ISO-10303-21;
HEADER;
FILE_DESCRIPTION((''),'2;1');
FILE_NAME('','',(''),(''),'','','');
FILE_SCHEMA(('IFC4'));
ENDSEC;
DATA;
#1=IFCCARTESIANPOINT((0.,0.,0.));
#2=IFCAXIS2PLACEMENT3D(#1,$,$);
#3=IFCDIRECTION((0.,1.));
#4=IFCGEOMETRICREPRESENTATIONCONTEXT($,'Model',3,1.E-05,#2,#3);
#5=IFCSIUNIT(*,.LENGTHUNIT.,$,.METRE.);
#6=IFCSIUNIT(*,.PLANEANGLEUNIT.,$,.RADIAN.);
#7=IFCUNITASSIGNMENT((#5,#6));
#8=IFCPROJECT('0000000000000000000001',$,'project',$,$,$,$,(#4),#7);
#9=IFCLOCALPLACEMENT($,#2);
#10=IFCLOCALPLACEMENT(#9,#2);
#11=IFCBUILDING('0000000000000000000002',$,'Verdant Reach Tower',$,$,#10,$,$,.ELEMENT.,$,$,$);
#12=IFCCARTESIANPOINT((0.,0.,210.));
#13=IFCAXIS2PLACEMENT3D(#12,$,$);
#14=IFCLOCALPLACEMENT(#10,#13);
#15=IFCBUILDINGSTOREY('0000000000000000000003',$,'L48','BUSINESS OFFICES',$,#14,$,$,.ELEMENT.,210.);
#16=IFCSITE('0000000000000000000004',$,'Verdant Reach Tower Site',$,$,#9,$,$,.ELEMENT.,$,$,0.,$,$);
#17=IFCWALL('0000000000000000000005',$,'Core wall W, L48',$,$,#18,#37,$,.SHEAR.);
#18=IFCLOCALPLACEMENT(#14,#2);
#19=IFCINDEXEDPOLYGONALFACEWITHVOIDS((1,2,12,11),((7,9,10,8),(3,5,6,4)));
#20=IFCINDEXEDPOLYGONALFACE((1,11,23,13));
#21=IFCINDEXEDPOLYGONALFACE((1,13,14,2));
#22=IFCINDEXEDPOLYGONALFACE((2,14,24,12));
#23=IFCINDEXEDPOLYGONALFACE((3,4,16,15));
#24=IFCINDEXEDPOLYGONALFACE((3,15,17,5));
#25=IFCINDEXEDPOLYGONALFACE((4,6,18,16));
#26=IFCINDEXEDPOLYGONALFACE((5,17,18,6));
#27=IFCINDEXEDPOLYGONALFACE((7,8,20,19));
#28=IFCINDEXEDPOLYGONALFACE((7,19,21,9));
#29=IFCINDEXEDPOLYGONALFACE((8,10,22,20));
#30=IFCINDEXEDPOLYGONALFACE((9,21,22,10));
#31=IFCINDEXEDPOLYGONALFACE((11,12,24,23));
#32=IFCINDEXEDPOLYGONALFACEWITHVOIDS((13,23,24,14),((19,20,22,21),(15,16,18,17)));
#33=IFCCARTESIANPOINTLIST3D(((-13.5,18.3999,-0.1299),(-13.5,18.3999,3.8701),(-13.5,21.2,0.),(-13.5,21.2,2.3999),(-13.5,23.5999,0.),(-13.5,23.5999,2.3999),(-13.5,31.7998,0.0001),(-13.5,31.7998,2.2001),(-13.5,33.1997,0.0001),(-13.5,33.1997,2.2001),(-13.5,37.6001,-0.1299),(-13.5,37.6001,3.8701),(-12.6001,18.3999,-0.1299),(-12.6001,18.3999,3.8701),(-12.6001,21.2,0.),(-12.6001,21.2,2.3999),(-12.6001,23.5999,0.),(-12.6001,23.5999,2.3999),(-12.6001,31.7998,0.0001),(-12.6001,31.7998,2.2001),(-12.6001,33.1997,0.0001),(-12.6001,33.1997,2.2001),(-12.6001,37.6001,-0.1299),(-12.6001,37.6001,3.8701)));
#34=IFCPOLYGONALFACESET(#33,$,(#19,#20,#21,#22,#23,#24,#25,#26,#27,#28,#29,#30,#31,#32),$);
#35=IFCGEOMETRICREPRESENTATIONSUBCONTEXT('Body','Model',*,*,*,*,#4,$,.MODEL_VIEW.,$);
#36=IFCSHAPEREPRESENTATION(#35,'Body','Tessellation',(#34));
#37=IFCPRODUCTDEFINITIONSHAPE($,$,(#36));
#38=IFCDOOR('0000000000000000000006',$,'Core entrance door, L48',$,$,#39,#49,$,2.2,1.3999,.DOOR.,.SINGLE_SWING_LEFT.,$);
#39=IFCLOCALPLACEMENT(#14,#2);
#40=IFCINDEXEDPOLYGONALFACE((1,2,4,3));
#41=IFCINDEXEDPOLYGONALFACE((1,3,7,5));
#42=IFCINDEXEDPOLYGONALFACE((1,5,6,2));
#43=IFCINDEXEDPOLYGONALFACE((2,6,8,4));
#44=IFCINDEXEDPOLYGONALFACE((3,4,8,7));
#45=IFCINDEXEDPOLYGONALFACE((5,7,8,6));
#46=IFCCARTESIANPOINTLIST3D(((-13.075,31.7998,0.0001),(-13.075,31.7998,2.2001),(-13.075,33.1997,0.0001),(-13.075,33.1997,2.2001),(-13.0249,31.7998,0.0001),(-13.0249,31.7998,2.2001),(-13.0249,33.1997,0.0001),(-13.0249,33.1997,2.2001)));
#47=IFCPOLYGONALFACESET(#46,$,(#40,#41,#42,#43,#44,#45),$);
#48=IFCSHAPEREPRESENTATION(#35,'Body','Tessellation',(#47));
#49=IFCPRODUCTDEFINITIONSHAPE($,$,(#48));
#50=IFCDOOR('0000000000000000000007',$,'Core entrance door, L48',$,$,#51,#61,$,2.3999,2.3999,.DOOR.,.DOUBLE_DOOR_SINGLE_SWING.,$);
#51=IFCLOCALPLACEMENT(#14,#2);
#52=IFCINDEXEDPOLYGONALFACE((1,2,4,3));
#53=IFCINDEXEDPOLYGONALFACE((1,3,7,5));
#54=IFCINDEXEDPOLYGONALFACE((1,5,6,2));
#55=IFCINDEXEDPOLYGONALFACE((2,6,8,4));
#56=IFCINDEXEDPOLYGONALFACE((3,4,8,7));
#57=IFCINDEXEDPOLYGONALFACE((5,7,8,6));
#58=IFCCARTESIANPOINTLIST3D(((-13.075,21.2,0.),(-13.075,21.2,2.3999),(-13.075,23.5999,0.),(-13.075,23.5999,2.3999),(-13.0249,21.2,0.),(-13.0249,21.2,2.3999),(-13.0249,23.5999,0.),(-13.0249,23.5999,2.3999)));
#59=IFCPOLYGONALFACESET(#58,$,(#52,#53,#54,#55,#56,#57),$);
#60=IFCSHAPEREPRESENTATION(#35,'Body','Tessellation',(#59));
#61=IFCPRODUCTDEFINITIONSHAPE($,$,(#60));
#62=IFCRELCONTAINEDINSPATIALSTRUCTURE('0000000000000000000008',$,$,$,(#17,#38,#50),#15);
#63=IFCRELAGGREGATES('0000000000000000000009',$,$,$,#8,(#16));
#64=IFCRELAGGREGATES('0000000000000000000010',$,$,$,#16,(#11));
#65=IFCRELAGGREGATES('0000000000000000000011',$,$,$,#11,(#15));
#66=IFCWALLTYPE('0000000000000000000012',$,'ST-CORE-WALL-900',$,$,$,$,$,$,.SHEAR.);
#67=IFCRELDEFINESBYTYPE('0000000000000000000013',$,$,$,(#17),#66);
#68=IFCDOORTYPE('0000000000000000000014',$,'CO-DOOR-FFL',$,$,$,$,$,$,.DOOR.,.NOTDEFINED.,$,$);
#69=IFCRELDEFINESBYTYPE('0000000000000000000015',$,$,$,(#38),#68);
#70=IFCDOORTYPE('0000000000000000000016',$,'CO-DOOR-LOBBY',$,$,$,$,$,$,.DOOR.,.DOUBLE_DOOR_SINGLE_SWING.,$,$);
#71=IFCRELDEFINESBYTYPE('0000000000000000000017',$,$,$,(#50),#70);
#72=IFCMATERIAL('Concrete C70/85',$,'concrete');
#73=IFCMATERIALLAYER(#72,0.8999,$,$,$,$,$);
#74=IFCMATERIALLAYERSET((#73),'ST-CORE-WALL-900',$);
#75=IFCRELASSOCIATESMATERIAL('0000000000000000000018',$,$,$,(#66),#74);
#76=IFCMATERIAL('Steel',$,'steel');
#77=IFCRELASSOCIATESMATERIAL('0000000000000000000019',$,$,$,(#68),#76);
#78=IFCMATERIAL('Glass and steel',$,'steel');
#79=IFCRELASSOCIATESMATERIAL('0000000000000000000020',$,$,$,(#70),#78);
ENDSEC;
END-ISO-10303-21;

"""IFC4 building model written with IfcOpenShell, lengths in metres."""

from ifc_helpers import new_model, si_unit, direction, frame, frame_2d, origin, place, context, subcontext, project, spatial, rectangle, extrude, material, layer, layer_set, type_object, element, fill, save


model = new_model("IFC4")

# Units and contexts
model_context = context("Model", 3, precision=1e-05, world=origin(), true_north=direction((0.0, 1.0)))
body_context = subcontext(model_context, "Body", "Model", "MODEL_VIEW")
ifc_project = project(units=[si_unit("LENGTHUNIT", "METRE"), si_unit("PLANEANGLEUNIT", "RADIAN")], contexts=[model_context])

# Site, building, storey
site_placement = place(None, origin())
site = spatial("IfcSite", under=ifc_project, at=site_placement, Name="Verdant Reach Tower Site", CompositionType="ELEMENT", RefElevation=0.0)
building_placement = place(site_placement, origin())
building = spatial("IfcBuilding", under=site, at=building_placement, Name="Verdant Reach Tower", CompositionType="ELEMENT")
storey_placement = place(building_placement, frame((0.0, 0.0, 210.0)))
storey = spatial("IfcBuildingStorey", under=building, at=storey_placement, Name="L48", Description="BUSINESS OFFICES", CompositionType="ELEMENT", Elevation=210.0)

# Shared definitions
ifc_material_1 = material(Name="Concrete C70/85", Category="concrete")
ifc_material_2 = material(Name="Steel", Category="steel")

# Wall, openings, doors
ifc_layer_1 = layer(ifc_material_1, 0.8999)
ifc_layer_set_1 = layer_set([ifc_layer_1], Name="ST-CORE-WALL-900")
wall_type_1 = type_object("IfcWallType", Name="ST-CORE-WALL-900", PredefinedType="SHEAR", material=ifc_layer_set_1)
wall_1_placement = place(storey_placement, frame((-13.05, 18.3999, -0.1299), z_axis=(0.0, 0.0, 1.0), x_axis=(0.0, 1.0, 0.0)))
wall_1 = element("IfcWall", 1, at=wall_1_placement, inside=storey, type_object=wall_type_1, Name="Core wall W, L48", PredefinedType="SHEAR", context=body_context, shape_type="SweptSolid", body=[
    extrude(rectangle(XDim=19.2002, YDim=0.8999, at=frame_2d((9.6001, 0.0))), origin(), (0.0, 0.0, 1.0), 4.0),
])
opening_1_placement = place(wall_1_placement, frame((2.8, 0.0, 0.1299)))
opening_1 = element("IfcOpeningElement", 2, at=opening_1_placement, cuts=wall_1, PredefinedType="OPENING", context=body_context, shape_type="SweptSolid", body=[
    extrude(rectangle(XDim=2.3999, YDim=2.3999, at=frame_2d((1.2, 1.2))), frame((0.0, 0.46, 0.0), z_axis=(0.0, -1.0, 0.0), x_axis=(1.0, 0.0, 0.0)), (0.0, 0.0, 1.0), 0.9199),
])
opening_2_placement = place(wall_1_placement, frame((13.3999, 0.0, 0.1299)))
opening_2 = element("IfcOpeningElement", 3, at=opening_2_placement, cuts=wall_1, PredefinedType="OPENING", context=body_context, shape_type="SweptSolid", body=[
    extrude(rectangle(XDim=1.3999, YDim=2.2, at=frame_2d((0.7, 1.1001))), frame((0.0, 0.46, 0.0), z_axis=(0.0, -1.0, 0.0), x_axis=(1.0, 0.0, 0.0)), (0.0, 0.0, 1.0), 0.9199),
])
door_type_1 = type_object("IfcDoorType", Name="CO-DOOR-FFL", OperationType="NOTDEFINED", PredefinedType="DOOR", material=ifc_material_2)
door_1_placement = place(opening_2_placement, origin())
door_1 = element("IfcDoor", 4, at=door_1_placement, inside=storey, type_object=door_type_1, Name="Core entrance door, L48", OperationType="SINGLE_SWING_LEFT", OverallHeight=2.2, OverallWidth=1.3999, PredefinedType="DOOR", context=body_context, shape_type="SweptSolid", body=[
    extrude(rectangle(XDim=1.3999, YDim=2.2, at=frame_2d((0.7, 1.1001))), frame((0.0, 0.0249, 0.0), z_axis=(0.0, -1.0, 0.0), x_axis=(1.0, 0.0, 0.0)), (0.0, 0.0, 1.0), 0.05),
])
fill(opening_2, door_1)
ifc_material_3 = material(Name="Glass and steel", Category="steel")
door_type_2 = type_object("IfcDoorType", Name="CO-DOOR-LOBBY", OperationType="DOUBLE_DOOR_SINGLE_SWING", PredefinedType="DOOR", material=ifc_material_3)
door_2_placement = place(opening_1_placement, origin())
door_2 = element("IfcDoor", 5, at=door_2_placement, inside=storey, type_object=door_type_2, Name="Core entrance door, L48", OperationType="DOUBLE_DOOR_SINGLE_SWING", OverallHeight=2.3999, OverallWidth=2.3999, PredefinedType="DOOR", context=body_context, shape_type="SweptSolid", body=[
    extrude(rectangle(XDim=2.3999, YDim=2.3999, at=frame_2d((1.2, 1.2))), frame((0.0, 0.0249, 0.0), z_axis=(0.0, -1.0, 0.0), x_axis=(1.0, 0.0, 0.0)), (0.0, 0.0, 1.0), 0.05),
])
fill(opening_1, door_2)

save(model, "model.ifc")
